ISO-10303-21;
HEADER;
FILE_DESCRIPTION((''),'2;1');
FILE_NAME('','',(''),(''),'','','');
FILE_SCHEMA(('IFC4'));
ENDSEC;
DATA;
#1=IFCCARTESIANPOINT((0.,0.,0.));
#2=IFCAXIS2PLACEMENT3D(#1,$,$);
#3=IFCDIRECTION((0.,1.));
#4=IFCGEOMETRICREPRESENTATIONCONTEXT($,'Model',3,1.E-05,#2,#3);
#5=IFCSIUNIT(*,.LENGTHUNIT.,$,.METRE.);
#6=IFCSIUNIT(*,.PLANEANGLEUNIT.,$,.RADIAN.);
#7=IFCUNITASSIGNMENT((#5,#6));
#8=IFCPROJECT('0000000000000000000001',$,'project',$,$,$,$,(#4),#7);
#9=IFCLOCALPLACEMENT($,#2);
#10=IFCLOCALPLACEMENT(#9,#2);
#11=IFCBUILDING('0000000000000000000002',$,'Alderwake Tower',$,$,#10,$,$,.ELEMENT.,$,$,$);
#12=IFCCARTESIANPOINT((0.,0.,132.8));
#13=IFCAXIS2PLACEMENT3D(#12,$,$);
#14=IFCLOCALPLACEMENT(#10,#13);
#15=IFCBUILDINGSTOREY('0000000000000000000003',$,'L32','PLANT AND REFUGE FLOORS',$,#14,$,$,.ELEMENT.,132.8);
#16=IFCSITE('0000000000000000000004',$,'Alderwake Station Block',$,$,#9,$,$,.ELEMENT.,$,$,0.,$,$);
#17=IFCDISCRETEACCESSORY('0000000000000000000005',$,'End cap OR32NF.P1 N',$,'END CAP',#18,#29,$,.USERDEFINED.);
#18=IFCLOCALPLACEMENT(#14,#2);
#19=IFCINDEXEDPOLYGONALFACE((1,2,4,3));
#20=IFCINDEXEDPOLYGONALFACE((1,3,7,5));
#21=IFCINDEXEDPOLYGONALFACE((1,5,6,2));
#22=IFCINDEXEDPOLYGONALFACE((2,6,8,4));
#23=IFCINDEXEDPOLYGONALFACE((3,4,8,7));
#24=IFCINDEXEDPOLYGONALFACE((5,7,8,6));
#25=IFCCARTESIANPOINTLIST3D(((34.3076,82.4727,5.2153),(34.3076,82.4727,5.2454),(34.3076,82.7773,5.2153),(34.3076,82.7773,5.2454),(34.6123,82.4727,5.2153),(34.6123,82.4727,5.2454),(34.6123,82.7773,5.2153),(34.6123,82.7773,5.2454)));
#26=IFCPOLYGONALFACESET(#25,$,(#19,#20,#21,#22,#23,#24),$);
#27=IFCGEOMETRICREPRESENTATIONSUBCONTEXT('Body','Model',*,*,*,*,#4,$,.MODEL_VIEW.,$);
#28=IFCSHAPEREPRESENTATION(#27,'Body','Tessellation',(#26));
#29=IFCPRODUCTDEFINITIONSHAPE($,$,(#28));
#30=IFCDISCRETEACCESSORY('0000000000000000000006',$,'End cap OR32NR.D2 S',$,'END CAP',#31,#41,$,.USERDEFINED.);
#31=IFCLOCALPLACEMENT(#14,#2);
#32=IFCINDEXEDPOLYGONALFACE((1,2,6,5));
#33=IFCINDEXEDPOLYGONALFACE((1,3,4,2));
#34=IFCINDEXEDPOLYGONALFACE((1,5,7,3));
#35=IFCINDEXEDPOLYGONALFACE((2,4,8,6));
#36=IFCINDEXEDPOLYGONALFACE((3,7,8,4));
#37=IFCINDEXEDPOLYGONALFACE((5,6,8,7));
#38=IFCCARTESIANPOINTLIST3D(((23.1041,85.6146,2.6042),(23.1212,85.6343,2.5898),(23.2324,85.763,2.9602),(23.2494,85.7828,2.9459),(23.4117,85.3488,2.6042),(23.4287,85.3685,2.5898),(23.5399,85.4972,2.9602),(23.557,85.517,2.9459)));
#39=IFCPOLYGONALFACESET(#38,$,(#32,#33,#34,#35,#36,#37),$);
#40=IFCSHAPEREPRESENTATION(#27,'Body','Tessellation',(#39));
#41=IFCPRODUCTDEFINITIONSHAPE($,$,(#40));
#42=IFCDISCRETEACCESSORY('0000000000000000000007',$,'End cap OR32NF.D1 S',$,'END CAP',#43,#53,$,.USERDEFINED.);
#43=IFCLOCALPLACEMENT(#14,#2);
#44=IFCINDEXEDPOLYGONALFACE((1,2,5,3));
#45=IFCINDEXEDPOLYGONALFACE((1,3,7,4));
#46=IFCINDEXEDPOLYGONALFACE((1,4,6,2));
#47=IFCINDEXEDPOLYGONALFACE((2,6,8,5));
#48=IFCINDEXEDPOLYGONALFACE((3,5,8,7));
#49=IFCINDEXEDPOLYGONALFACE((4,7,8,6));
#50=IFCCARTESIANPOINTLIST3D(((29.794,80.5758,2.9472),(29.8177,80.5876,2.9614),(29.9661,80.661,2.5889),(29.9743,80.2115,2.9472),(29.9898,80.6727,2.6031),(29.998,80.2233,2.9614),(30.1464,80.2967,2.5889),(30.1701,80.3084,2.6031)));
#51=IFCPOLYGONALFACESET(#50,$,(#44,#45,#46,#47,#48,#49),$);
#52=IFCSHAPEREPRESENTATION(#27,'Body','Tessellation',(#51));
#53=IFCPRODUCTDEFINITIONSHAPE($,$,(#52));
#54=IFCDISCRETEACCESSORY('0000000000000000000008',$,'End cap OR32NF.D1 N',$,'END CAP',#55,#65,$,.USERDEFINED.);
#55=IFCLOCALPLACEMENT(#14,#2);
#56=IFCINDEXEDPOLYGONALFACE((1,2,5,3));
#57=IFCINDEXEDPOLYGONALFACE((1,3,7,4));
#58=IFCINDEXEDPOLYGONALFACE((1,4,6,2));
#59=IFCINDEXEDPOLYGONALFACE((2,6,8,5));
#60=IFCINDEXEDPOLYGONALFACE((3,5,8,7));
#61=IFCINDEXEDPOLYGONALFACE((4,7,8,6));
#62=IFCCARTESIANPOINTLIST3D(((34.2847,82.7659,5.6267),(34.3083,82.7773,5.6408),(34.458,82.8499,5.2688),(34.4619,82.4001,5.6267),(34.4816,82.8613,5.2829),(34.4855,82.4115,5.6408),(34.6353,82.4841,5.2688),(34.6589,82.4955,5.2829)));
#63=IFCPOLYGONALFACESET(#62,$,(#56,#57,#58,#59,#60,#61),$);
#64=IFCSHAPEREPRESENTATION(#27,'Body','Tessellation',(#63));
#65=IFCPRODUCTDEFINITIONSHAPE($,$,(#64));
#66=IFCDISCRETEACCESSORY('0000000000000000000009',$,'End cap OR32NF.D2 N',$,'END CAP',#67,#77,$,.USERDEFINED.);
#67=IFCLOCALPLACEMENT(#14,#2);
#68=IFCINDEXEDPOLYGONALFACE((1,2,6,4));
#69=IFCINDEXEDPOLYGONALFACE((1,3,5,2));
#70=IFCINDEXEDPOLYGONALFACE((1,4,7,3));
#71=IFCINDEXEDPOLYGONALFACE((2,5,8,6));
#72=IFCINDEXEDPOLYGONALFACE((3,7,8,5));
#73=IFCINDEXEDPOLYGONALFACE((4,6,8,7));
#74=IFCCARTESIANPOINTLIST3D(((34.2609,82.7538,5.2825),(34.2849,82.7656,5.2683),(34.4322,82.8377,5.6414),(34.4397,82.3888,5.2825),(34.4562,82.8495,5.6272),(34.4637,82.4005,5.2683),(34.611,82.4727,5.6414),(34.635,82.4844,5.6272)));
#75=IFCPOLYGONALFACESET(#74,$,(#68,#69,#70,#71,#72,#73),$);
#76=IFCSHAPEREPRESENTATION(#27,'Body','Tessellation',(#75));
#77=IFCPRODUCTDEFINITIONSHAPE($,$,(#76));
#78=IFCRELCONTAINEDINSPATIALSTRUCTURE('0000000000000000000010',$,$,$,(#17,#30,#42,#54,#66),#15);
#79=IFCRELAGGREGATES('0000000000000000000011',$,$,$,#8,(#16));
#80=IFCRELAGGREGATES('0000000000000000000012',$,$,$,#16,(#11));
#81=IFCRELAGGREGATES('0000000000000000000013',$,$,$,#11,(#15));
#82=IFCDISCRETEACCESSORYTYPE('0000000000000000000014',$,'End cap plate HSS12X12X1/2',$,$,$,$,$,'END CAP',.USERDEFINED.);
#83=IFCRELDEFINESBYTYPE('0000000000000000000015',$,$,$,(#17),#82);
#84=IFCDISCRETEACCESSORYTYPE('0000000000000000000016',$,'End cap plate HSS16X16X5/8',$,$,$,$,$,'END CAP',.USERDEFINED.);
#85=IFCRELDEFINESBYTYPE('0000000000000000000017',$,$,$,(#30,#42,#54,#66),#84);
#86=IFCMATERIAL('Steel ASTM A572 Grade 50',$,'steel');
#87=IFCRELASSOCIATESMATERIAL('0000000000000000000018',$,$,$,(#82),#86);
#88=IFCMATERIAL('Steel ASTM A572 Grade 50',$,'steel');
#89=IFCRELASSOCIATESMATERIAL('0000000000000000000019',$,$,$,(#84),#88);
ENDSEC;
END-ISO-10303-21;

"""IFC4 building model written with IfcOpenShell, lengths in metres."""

from ifc_helpers import new_model, si_unit, direction, frame, origin, origin_2d, place, context, subcontext, project, spatial, rectangle, extrude, material, material_profile, profile_set, type_object, element, save


model = new_model("IFC4")

# Units and contexts
model_context = context("Model", 3, precision=1e-05, world=origin(), true_north=direction((0.0, 1.0)))
body_context = subcontext(model_context, "Body", "Model", "MODEL_VIEW")
ifc_project = project(units=[si_unit("LENGTHUNIT", "METRE"), si_unit("PLANEANGLEUNIT", "RADIAN")], contexts=[model_context])

# Site, building, storey
site_placement = place(None, origin())
site = spatial("IfcSite", under=ifc_project, at=site_placement, Name="Alderwake Station Block", CompositionType="ELEMENT", RefElevation=0.0)
building_placement = place(site_placement, origin())
building = spatial("IfcBuilding", under=site, at=building_placement, Name="Alderwake Tower", CompositionType="ELEMENT")
storey_placement = place(building_placement, frame((0.0, 0.0, 132.8)))
storey = spatial("IfcBuildingStorey", under=building, at=storey_placement, Name="L32", Description="PLANT AND REFUGE FLOORS", CompositionType="ELEMENT", Elevation=132.8)

# Discrete accessories
ifc_material_1 = material(Name="Steel ASTM A572 Grade 50", Category="steel")
ifc_material_profile_1 = material_profile(ifc_material_1, rectangle(XDim=0.3047, YDim=0.3047, at=origin_2d()), Name="HSS12X12X1/2 cap")
ifc_profile_set_1 = profile_set([ifc_material_profile_1], Name="Steel ASTM A572 Grade 50")
discrete_accessory_type_1 = type_object("IfcDiscreteAccessoryType", Name="End cap plate HSS12X12X1/2", ElementType="END CAP", PredefinedType="USERDEFINED", material=ifc_profile_set_1)
for number, where, z_axis, x_axis, name in (
    (1, (34.46, 82.625, 5.2153), (0.0, 0.0, 1.0), (1.0, 0.0, 0.0), "End cap OR32NF.P1 N"),
):
    element("IfcDiscreteAccessory", number, at=place(storey_placement, frame(where, z_axis=z_axis, x_axis=x_axis)), inside=storey, type_object=discrete_accessory_type_1, Name=name, ObjectType="END CAP", PredefinedType="USERDEFINED", context=body_context, shape_type="SweptSolid", body=[
        extrude(rectangle(XDim=0.3047, YDim=0.3047, at=origin_2d()), origin(), (0.0, 0.0, 1.0), 0.03),
    ])
ifc_material_2 = material(Name="Steel ASTM A572 Grade 50", Category="steel")
ifc_material_profile_2 = material_profile(ifc_material_2, rectangle(XDim=0.4065, YDim=0.4065, at=origin_2d()), Name="HSS16X16X5/8 cap")
ifc_profile_set_2 = profile_set([ifc_material_profile_2], Name="Steel ASTM A572 Grade 50")
discrete_accessory_type_2 = type_object("IfcDiscreteAccessoryType", Name="End cap plate HSS16X16X5/8", ElementType="END CAP", PredefinedType="USERDEFINED", material=ifc_profile_set_2)
discrete_accessory_1_placement = place(storey_placement, frame((23.322, 85.5559, 2.7822), z_axis=(0.572656, 0.662645, -0.482667), x_axis=(-0.756613, 0.653863, 0.0)))
element("IfcDiscreteAccessory", 2, at=discrete_accessory_1_placement, inside=storey, type_object=discrete_accessory_type_2, Name="End cap OR32NR.D2 S", ObjectType="END CAP", PredefinedType="USERDEFINED", context=body_context, shape_type="SweptSolid", body=[
    extrude(rectangle(XDim=0.4065, YDim=0.4065, at=origin_2d()), origin(), (0.0, 0.0, 1.0), 0.0298),
])
discrete_accessory_2_placement = place(storey_placement, frame((29.9939, 80.448, 2.7822), z_axis=(-0.789977, -0.390916, -0.472357), x_axis=(0.443514, -0.896268, 0.0)))
element("IfcDiscreteAccessory", 3, at=discrete_accessory_2_placement, inside=storey, type_object=discrete_accessory_type_2, Name="End cap OR32NF.D1 S", ObjectType="END CAP", PredefinedType="USERDEFINED", context=body_context, shape_type="SweptSolid", body=[
    extrude(rectangle(XDim=0.4065, YDim=0.4065, at=origin_2d()), origin(), (0.0, 0.0, 1.0), 0.03),
])
discrete_accessory_3_placement = place(storey_placement, frame((34.46, 82.625, 5.4478), z_axis=(0.792477, 0.383984, 0.473852), x_axis=(-0.436046, 0.899924, 0.0)))
element("IfcDiscreteAccessory", 4, at=discrete_accessory_3_placement, inside=storey, type_object=discrete_accessory_type_2, Name="End cap OR32NF.D1 N", ObjectType="END CAP", PredefinedType="USERDEFINED", context=body_context, shape_type="SweptSolid", body=[
    extrude(rectangle(XDim=0.4065, YDim=0.4065, at=origin_2d()), origin(), (0.0, 0.0, 1.0), 0.0298),
])
discrete_accessory_4_placement = place(storey_placement, frame((34.46, 82.625, 5.4478), z_axis=(-0.793009, -0.388413, 0.469332), x_axis=(0.439867, -0.898063, 0.0)))
element("IfcDiscreteAccessory", 5, at=discrete_accessory_4_placement, inside=storey, type_object=discrete_accessory_type_2, Name="End cap OR32NF.D2 N", ObjectType="END CAP", PredefinedType="USERDEFINED", context=body_context, shape_type="SweptSolid", body=[
    extrude(rectangle(XDim=0.4065, YDim=0.4065, at=origin_2d()), origin(), (0.0, 0.0, 1.0), 0.0303),
])

save(model, "model.ifc")
